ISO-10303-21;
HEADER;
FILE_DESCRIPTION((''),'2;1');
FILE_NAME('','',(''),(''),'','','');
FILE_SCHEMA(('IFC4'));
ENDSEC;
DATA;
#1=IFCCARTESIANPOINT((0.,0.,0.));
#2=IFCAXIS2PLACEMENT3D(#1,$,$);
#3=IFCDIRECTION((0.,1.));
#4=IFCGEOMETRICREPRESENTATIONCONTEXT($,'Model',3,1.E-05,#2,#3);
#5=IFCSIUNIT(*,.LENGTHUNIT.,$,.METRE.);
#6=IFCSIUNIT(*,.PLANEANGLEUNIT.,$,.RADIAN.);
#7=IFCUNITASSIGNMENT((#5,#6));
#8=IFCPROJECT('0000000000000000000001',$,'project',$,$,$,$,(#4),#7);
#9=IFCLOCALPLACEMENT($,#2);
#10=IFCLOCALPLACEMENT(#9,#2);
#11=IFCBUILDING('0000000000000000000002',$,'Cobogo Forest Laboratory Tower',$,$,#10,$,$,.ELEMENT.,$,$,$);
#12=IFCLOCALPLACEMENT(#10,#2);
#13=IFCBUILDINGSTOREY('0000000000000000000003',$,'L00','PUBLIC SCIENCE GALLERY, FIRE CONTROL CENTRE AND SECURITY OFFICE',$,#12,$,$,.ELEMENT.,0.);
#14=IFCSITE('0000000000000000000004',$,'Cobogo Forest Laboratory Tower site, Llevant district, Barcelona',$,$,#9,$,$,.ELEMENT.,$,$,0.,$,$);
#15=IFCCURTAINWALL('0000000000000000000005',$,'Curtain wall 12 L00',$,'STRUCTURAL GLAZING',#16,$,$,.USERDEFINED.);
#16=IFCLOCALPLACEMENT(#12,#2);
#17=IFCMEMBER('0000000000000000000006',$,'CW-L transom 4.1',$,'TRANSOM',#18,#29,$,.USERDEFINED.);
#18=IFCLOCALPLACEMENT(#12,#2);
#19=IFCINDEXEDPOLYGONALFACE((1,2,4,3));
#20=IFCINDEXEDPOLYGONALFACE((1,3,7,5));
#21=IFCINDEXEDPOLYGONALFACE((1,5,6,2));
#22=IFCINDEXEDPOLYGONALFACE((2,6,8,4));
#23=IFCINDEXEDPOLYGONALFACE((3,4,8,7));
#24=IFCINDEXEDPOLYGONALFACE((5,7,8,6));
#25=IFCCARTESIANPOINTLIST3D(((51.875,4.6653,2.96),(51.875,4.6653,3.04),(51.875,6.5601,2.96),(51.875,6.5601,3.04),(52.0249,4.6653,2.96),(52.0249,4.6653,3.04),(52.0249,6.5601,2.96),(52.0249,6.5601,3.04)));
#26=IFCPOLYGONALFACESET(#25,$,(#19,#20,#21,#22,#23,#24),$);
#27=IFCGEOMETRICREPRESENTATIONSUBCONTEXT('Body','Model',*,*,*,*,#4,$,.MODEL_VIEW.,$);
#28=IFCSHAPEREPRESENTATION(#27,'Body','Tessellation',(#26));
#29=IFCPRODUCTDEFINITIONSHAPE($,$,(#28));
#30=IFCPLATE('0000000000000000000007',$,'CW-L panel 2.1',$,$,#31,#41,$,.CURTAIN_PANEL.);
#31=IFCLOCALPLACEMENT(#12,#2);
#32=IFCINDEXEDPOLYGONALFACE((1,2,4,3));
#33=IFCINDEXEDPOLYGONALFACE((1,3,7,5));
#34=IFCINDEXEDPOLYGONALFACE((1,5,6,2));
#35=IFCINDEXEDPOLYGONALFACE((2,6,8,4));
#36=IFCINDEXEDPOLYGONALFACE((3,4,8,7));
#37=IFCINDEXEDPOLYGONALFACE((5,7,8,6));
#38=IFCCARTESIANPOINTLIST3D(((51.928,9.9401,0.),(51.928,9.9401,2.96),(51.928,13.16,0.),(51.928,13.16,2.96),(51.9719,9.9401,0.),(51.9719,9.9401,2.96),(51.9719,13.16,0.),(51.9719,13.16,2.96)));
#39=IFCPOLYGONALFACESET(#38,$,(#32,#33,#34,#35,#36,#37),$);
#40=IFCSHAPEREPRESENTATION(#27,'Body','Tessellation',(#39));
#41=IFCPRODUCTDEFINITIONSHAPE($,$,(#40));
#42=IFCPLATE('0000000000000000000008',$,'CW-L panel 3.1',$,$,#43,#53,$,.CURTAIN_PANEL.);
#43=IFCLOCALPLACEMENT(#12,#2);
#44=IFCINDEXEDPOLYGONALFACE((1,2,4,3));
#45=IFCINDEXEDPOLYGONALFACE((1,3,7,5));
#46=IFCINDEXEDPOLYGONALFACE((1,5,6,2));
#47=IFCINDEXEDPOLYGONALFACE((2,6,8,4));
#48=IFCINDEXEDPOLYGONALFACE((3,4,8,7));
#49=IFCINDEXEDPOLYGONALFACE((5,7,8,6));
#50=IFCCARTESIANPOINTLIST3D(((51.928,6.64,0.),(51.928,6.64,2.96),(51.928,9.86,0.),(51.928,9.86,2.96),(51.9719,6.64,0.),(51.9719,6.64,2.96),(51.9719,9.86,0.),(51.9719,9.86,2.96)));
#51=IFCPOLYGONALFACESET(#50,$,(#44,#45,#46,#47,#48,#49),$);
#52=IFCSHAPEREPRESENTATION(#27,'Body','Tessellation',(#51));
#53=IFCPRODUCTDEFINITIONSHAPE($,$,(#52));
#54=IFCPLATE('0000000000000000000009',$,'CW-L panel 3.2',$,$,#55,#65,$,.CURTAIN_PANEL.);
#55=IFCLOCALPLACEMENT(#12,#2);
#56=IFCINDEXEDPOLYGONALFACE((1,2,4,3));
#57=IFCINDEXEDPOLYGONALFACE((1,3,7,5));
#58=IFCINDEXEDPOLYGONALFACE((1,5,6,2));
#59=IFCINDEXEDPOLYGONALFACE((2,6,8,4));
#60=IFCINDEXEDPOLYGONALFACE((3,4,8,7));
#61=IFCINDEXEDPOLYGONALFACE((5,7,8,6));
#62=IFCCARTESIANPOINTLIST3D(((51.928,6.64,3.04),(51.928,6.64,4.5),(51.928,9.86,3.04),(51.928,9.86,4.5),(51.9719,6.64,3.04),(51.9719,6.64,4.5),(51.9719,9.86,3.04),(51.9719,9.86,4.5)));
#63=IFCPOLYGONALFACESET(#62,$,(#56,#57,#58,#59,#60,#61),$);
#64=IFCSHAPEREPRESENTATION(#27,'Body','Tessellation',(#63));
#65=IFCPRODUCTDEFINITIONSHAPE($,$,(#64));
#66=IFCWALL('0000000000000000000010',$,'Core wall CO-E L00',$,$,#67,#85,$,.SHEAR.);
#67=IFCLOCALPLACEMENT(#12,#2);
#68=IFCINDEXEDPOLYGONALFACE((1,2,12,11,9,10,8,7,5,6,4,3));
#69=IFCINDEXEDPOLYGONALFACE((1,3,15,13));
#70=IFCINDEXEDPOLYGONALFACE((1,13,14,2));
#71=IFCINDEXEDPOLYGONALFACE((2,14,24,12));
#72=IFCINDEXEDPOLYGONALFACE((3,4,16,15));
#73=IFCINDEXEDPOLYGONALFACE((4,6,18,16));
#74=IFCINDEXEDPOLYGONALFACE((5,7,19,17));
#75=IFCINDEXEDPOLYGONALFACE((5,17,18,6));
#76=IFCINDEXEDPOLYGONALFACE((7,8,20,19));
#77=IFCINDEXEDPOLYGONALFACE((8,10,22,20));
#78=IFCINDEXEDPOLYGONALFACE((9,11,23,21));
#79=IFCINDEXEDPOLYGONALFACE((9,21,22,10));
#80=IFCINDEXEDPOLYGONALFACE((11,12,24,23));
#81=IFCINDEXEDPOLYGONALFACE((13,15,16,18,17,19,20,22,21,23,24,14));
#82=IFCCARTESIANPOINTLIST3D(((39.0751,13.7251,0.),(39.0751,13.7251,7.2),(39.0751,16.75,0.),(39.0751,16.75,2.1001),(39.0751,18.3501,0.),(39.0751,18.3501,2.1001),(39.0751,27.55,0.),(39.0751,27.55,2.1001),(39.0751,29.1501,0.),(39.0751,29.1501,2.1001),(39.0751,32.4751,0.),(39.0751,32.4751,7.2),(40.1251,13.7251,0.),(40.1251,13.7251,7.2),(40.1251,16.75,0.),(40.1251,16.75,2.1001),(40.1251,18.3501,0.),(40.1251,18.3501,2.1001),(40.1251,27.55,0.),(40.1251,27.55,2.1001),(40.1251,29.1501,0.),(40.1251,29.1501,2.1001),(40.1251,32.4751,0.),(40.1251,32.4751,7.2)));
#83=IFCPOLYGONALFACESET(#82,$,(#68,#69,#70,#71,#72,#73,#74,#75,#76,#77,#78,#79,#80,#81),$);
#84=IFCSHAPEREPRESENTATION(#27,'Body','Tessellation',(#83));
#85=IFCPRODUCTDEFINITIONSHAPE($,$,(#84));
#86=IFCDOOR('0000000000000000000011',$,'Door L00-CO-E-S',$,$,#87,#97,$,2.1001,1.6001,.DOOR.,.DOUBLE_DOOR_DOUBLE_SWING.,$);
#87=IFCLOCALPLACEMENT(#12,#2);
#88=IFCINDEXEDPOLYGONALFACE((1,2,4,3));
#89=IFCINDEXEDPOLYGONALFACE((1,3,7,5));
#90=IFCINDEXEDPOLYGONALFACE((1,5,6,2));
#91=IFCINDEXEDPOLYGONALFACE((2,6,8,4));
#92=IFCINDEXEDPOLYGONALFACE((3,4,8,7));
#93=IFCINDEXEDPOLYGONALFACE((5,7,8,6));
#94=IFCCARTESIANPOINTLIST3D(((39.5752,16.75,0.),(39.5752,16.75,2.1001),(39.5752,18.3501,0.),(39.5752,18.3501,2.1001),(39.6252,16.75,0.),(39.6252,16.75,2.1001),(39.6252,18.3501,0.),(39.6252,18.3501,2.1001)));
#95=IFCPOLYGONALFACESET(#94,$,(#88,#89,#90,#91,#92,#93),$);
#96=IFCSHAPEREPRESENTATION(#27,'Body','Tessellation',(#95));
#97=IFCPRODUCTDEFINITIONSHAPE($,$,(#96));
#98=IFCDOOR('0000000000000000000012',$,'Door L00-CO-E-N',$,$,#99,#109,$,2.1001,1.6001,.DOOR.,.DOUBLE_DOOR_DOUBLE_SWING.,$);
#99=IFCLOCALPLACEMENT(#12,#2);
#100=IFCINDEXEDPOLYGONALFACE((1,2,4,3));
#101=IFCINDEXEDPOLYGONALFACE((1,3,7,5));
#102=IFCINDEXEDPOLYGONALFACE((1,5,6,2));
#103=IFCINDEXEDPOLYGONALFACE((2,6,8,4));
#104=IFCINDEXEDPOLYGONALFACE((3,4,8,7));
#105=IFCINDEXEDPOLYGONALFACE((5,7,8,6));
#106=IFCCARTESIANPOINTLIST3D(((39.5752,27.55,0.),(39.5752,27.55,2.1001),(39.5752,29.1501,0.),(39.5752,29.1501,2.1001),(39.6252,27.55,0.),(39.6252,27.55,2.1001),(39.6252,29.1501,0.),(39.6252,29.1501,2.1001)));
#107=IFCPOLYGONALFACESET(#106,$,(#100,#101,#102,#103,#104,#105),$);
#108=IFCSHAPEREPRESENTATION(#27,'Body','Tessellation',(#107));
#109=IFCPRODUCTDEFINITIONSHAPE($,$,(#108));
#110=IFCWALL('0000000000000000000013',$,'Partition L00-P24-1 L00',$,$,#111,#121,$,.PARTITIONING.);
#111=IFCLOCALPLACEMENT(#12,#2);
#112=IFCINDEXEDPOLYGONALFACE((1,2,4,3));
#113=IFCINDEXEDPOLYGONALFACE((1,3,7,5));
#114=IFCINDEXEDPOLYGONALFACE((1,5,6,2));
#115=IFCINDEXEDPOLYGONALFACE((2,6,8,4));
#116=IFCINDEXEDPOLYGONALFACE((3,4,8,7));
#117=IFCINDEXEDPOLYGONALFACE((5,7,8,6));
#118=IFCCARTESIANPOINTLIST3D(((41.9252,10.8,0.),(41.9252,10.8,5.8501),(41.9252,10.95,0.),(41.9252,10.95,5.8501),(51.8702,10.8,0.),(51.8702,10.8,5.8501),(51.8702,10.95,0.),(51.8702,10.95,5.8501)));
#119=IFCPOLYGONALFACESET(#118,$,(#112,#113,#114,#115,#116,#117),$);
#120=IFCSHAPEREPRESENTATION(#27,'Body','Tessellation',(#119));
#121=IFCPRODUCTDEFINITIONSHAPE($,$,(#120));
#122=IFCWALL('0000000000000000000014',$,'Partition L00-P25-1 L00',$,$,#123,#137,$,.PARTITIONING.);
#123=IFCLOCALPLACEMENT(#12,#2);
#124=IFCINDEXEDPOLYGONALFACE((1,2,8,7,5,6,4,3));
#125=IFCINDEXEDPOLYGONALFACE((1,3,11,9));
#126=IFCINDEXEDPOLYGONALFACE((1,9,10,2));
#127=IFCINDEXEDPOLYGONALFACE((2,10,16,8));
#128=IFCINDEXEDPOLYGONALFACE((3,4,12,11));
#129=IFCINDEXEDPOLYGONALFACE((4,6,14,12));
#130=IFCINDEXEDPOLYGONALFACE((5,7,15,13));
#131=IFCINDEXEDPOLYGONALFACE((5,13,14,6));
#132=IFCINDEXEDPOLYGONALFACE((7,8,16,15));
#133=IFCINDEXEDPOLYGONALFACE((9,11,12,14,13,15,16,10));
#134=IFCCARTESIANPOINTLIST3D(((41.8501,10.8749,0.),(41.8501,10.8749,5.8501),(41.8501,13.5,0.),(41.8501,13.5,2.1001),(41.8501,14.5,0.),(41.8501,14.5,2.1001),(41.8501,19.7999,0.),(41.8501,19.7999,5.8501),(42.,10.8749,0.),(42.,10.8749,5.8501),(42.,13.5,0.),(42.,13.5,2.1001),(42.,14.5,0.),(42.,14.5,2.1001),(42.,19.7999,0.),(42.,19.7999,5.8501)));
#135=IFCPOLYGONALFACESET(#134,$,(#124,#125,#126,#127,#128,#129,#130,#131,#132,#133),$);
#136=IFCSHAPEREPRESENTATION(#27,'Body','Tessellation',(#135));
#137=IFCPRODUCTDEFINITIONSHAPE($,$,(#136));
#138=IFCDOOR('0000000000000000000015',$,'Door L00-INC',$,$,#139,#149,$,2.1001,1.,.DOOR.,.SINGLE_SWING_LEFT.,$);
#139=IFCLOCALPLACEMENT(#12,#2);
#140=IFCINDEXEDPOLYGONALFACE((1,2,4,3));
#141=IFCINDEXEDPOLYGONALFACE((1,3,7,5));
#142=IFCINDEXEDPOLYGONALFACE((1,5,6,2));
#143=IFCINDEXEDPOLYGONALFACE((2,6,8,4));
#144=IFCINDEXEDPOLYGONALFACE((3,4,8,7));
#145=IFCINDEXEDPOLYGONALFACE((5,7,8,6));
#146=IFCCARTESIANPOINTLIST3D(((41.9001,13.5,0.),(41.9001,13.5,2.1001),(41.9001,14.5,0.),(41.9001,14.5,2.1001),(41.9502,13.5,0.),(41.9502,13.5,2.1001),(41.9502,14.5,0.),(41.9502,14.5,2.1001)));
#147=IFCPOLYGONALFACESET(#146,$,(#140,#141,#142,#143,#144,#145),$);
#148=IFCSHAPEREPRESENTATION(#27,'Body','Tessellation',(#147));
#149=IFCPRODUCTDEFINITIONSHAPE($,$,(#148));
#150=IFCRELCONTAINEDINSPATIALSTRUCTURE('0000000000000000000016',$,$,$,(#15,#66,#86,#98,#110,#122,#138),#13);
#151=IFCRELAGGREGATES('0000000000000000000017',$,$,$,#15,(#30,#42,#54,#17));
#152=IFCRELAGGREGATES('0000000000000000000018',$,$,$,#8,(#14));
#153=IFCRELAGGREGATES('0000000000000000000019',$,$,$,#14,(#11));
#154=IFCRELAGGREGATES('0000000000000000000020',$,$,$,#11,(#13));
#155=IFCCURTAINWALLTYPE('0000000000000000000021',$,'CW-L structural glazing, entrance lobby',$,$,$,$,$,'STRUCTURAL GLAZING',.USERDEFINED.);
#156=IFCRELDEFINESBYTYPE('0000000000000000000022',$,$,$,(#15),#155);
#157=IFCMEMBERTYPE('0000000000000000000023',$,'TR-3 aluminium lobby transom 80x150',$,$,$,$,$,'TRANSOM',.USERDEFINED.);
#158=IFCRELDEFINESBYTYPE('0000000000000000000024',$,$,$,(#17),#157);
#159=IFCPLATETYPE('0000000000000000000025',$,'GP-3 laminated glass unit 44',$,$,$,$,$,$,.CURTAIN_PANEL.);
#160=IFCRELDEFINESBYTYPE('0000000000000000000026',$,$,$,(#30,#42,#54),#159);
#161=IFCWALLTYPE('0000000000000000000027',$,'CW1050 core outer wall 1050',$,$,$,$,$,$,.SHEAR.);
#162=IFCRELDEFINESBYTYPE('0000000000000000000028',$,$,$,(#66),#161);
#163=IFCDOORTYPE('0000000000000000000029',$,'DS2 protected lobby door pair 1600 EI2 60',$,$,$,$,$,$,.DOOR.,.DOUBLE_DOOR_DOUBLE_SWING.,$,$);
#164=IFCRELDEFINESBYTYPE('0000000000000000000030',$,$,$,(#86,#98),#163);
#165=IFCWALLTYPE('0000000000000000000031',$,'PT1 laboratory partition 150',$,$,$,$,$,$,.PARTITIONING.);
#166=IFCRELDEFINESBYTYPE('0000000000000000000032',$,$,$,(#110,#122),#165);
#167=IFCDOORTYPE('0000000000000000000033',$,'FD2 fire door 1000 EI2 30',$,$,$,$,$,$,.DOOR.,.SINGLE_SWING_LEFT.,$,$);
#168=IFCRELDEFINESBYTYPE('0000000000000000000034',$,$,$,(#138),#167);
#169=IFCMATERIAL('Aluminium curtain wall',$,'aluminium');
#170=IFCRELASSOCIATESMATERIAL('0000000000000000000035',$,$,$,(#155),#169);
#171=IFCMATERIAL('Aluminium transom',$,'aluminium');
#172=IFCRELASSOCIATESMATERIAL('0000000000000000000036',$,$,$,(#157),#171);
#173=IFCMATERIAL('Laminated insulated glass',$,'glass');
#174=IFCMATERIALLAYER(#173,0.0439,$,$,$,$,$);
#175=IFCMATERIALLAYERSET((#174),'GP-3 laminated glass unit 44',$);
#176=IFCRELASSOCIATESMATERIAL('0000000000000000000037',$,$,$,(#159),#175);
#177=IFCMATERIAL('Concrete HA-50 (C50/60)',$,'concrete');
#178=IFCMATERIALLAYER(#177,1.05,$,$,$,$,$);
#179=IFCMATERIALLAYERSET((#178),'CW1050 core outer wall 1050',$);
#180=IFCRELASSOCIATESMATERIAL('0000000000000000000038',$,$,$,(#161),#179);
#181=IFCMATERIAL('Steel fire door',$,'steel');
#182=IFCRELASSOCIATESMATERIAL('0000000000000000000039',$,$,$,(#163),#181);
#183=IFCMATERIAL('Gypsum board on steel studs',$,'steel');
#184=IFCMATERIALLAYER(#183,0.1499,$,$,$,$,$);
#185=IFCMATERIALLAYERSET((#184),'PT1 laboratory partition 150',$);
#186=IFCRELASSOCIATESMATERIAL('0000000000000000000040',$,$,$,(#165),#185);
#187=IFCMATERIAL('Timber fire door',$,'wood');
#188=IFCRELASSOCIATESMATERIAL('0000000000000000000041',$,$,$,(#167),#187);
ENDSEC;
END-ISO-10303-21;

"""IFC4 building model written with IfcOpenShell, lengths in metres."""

from ifc_helpers import new_model, si_unit, direction, frame, frame_2d, origin, origin_2d, place, context, subcontext, project, spatial, rectangle, extrude, material, layer, layer_set, material_profile, profile_set, type_object, element, fill, aggregate, save


model = new_model("IFC4")

# Units and contexts
model_context = context("Model", 3, precision=1e-05, world=origin(), true_north=direction((0.0, 1.0)))
body_context = subcontext(model_context, "Body", "Model", "MODEL_VIEW")
ifc_project = project(units=[si_unit("LENGTHUNIT", "METRE"), si_unit("PLANEANGLEUNIT", "RADIAN")], contexts=[model_context])

# Site, building, storey
site_placement = place(None, origin())
site = spatial("IfcSite", under=ifc_project, at=site_placement, Name="Cobogo Forest Laboratory Tower site, Llevant district, Barcelona", CompositionType="ELEMENT", RefElevation=0.0)
building_placement = place(site_placement, origin())
building = spatial("IfcBuilding", under=site, at=building_placement, Name="Cobogo Forest Laboratory Tower", CompositionType="ELEMENT")
storey_placement = place(building_placement, origin())
storey = spatial("IfcBuildingStorey", under=building, at=storey_placement, Name="L00", Description="PUBLIC SCIENCE GALLERY, FIRE CONTROL CENTRE AND SECURITY OFFICE", CompositionType="ELEMENT", Elevation=0.0)

# Shared definitions
ifc_material_1 = material(Name="Concrete HA-50 (C50/60)", Category="concrete")

# Curtain wall
ifc_material_2 = material(Name="Aluminium curtain wall", Category="aluminium")
curtain_wall_type = type_object("IfcCurtainWallType", Name="CW-L structural glazing, entrance lobby", ElementType="STRUCTURAL GLAZING", PredefinedType="USERDEFINED", material=ifc_material_2)
curtain_wall_placement = place(storey_placement, origin())
curtain_wall = element("IfcCurtainWall", 1, at=curtain_wall_placement, inside=storey, type_object=curtain_wall_type, Name="Curtain wall 12 L00", ObjectType="STRUCTURAL GLAZING", PredefinedType="USERDEFINED")

# Member
ifc_material_3 = material(Name="Aluminium transom", Category="aluminium")
ifc_material_profile_1 = material_profile(ifc_material_3, rectangle(XDim=0.1499, YDim=0.0801, at=origin_2d()), Name="AL 80x150")
ifc_profile_set_1 = profile_set([ifc_material_profile_1], Name="Aluminium transom")
member_type_1 = type_object("IfcMemberType", Name="TR-3 aluminium lobby transom 80x150", ElementType="TRANSOM", PredefinedType="USERDEFINED", material=ifc_profile_set_1)
member_1_placement = place(storey_placement, frame((51.95, 6.5601, 3.0), z_axis=(0.0, -1.0, 0.0), x_axis=(1.0, 0.0, 0.0)))
member_1 = element("IfcMember", 2, at=member_1_placement, type_object=member_type_1, Name="CW-L transom 4.1", ObjectType="TRANSOM", PredefinedType="USERDEFINED", context=body_context, shape_type="SweptSolid", body=[
    extrude(rectangle(XDim=0.1499, YDim=0.0801, at=origin_2d()), origin(), (0.0, 0.0, 1.0), 1.8948),
])

# Plates
ifc_material_4 = material(Name="Laminated insulated glass", Category="glass")
ifc_layer_1 = layer(ifc_material_4, 0.0439)
ifc_layer_set_1 = layer_set([ifc_layer_1], Name="GP-3 laminated glass unit 44")
plate_type = type_object("IfcPlateType", Name="GP-3 laminated glass unit 44", PredefinedType="CURTAIN_PANEL", material=ifc_layer_set_1)
plate_1_placement = place(storey_placement, frame((51.95, 11.55, 0.0), z_axis=(0.0, 0.0, 1.0), x_axis=(0.0, -1.0, 0.0)))
plate_1 = element("IfcPlate", 3, at=plate_1_placement, type_object=plate_type, Name="CW-L panel 2.1", PredefinedType="CURTAIN_PANEL", context=body_context, shape_type="SweptSolid", body=[
    extrude(rectangle(XDim=3.22, YDim=0.0439, at=origin_2d()), origin(), (0.0, 0.0, 1.0), 2.96),
])
plate_2_placement = place(storey_placement, frame((51.95, 8.25, 0.0), z_axis=(0.0, 0.0, 1.0), x_axis=(0.0, -1.0, 0.0)))
plate_2 = element("IfcPlate", 4, at=plate_2_placement, type_object=plate_type, Name="CW-L panel 3.1", PredefinedType="CURTAIN_PANEL", context=body_context, shape_type="SweptSolid", body=[
    extrude(rectangle(XDim=3.22, YDim=0.0439, at=origin_2d()), origin(), (0.0, 0.0, 1.0), 2.96),
])
plate_3_placement = place(storey_placement, frame((51.95, 8.25, 3.04), z_axis=(0.0, 0.0, 1.0), x_axis=(0.0, -1.0, 0.0)))
plate_3 = element("IfcPlate", 5, at=plate_3_placement, type_object=plate_type, Name="CW-L panel 3.2", PredefinedType="CURTAIN_PANEL", context=body_context, shape_type="SweptSolid", body=[
    extrude(rectangle(XDim=3.22, YDim=0.0439, at=origin_2d()), origin(), (0.0, 0.0, 1.0), 1.46),
])
aggregate(curtain_wall, [plate_1, plate_2, plate_3, member_1])

# Wall, openings, doors
ifc_layer_2 = layer(ifc_material_1, 1.05)
ifc_layer_set_2 = layer_set([ifc_layer_2], Name="CW1050 core outer wall 1050")
wall_type_1 = type_object("IfcWallType", Name="CW1050 core outer wall 1050", PredefinedType="SHEAR", material=ifc_layer_set_2)
wall_1_placement = place(storey_placement, frame((39.6001, 13.7251, 0.0), z_axis=(0.0, 0.0, 1.0), x_axis=(0.0, 1.0, 0.0)))
wall_1 = element("IfcWall", 6, at=wall_1_placement, inside=storey, type_object=wall_type_1, Name="Core wall CO-E L00", PredefinedType="SHEAR", context=body_context, shape_type="SweptSolid", body=[
    extrude(rectangle(XDim=18.75, YDim=1.05, at=frame_2d((9.375, 0.0))), origin(), (0.0, 0.0, 1.0), 7.2),
])
opening_1_placement = place(wall_1_placement, frame((3.0249, 0.0, 0.0)))
opening_1 = element("IfcOpeningElement", 7, at=opening_1_placement, cuts=wall_1, PredefinedType="OPENING", context=body_context, shape_type="SweptSolid", body=[
    extrude(rectangle(XDim=1.6001, YDim=2.1001, at=frame_2d((0.8, 1.05))), frame((0.0, 0.5349, 0.0), z_axis=(0.0, -1.0, 0.0), x_axis=(1.0, 0.0, 0.0)), (0.0, 0.0, 1.0), 1.0701),
])
opening_2_placement = place(wall_1_placement, frame((13.825, 0.0, 0.0)))
opening_2 = element("IfcOpeningElement", 8, at=opening_2_placement, cuts=wall_1, PredefinedType="OPENING", context=body_context, shape_type="SweptSolid", body=[
    extrude(rectangle(XDim=1.6001, YDim=2.1001, at=frame_2d((0.8, 1.05))), frame((0.0, 0.5349, 0.0), z_axis=(0.0, -1.0, 0.0), x_axis=(1.0, 0.0, 0.0)), (0.0, 0.0, 1.0), 1.0701),
])
ifc_material_5 = material(Name="Steel fire door", Category="steel")
door_type_1 = type_object("IfcDoorType", Name="DS2 protected lobby door pair 1600 EI2 60", OperationType="DOUBLE_DOOR_DOUBLE_SWING", PredefinedType="DOOR", material=ifc_material_5)
door_1_placement = place(opening_1_placement, origin())
door_1 = element("IfcDoor", 9, at=door_1_placement, inside=storey, type_object=door_type_1, Name="Door L00-CO-E-S", OperationType="DOUBLE_DOOR_DOUBLE_SWING", OverallHeight=2.1001, OverallWidth=1.6001, PredefinedType="DOOR", context=body_context, shape_type="SweptSolid", body=[
    extrude(rectangle(XDim=1.6001, YDim=2.1001, at=frame_2d((0.8, 1.05))), frame((0.0, 0.0249, 0.0), z_axis=(0.0, -1.0, 0.0), x_axis=(1.0, 0.0, 0.0)), (0.0, 0.0, 1.0), 0.05),
])
fill(opening_1, door_1)
door_2_placement = place(opening_2_placement, origin())
door_2 = element("IfcDoor", 10, at=door_2_placement, inside=storey, type_object=door_type_1, Name="Door L00-CO-E-N", OperationType="DOUBLE_DOOR_DOUBLE_SWING", OverallHeight=2.1001, OverallWidth=1.6001, PredefinedType="DOOR", context=body_context, shape_type="SweptSolid", body=[
    extrude(rectangle(XDim=1.6001, YDim=2.1001, at=frame_2d((0.8, 1.05))), frame((0.0, 0.0249, 0.0), z_axis=(0.0, -1.0, 0.0), x_axis=(1.0, 0.0, 0.0)), (0.0, 0.0, 1.0), 0.05),
])
fill(opening_2, door_2)

# Wall
ifc_material_6 = material(Name="Gypsum board on steel studs", Category="steel")
ifc_layer_3 = layer(ifc_material_6, 0.1499)
ifc_layer_set_3 = layer_set([ifc_layer_3], Name="PT1 laboratory partition 150")
wall_type_2 = type_object("IfcWallType", Name="PT1 laboratory partition 150", PredefinedType="PARTITIONING", material=ifc_layer_set_3)
wall_2_placement = place(storey_placement, frame((41.925, 10.875, 0.0), z_axis=(0.0, 0.0, 1.0), x_axis=(1.0, 0.0, 0.0)))
element("IfcWall", 11, at=wall_2_placement, inside=storey, type_object=wall_type_2, Name="Partition L00-P24-1 L00", PredefinedType="PARTITIONING", context=body_context, shape_type="SweptSolid", body=[
    extrude(rectangle(XDim=9.9451, YDim=0.1499, at=frame_2d((4.9727, 0.0))), origin(), (0.0, 0.0, 1.0), 5.8501),
])

# Wall, opening, door
wall_3_placement = place(storey_placement, frame((41.925, 10.875, 0.0), z_axis=(0.0, 0.0, 1.0), x_axis=(0.0, 1.0, 0.0)))
wall_3 = element("IfcWall", 12, at=wall_3_placement, inside=storey, type_object=wall_type_2, Name="Partition L00-P25-1 L00", PredefinedType="PARTITIONING", context=body_context, shape_type="SweptSolid", body=[
    extrude(rectangle(XDim=8.925, YDim=0.1499, at=frame_2d((4.4624, 0.0))), origin(), (0.0, 0.0, 1.0), 5.8501),
])
opening_3_placement = place(wall_3_placement, frame((2.625, 0.0, 0.0)))
opening_3 = element("IfcOpeningElement", 13, at=opening_3_placement, cuts=wall_3, PredefinedType="OPENING", context=body_context, shape_type="SweptSolid", body=[
    extrude(rectangle(XDim=1.0, YDim=2.1001, at=frame_2d((0.5, 1.05))), frame((0.0, 0.085, 0.0), z_axis=(0.0, -1.0, 0.0), x_axis=(1.0, 0.0, 0.0)), (0.0, 0.0, 1.0), 0.1699),
])
ifc_material_7 = material(Name="Timber fire door", Category="wood")
door_type_2 = type_object("IfcDoorType", Name="FD2 fire door 1000 EI2 30", OperationType="SINGLE_SWING_LEFT", PredefinedType="DOOR", material=ifc_material_7)
door_3_placement = place(opening_3_placement, origin())
door_3 = element("IfcDoor", 14, at=door_3_placement, inside=storey, type_object=door_type_2, Name="Door L00-INC", OperationType="SINGLE_SWING_LEFT", OverallHeight=2.1001, OverallWidth=1.0, PredefinedType="DOOR", context=body_context, shape_type="SweptSolid", body=[
    extrude(rectangle(XDim=1.0, YDim=2.1001, at=frame_2d((0.5, 1.05))), frame((0.0, 0.0249, 0.0), z_axis=(0.0, -1.0, 0.0), x_axis=(1.0, 0.0, 0.0)), (0.0, 0.0, 1.0), 0.05),
])
fill(opening_3, door_3)

save(model, "model.ifc")
